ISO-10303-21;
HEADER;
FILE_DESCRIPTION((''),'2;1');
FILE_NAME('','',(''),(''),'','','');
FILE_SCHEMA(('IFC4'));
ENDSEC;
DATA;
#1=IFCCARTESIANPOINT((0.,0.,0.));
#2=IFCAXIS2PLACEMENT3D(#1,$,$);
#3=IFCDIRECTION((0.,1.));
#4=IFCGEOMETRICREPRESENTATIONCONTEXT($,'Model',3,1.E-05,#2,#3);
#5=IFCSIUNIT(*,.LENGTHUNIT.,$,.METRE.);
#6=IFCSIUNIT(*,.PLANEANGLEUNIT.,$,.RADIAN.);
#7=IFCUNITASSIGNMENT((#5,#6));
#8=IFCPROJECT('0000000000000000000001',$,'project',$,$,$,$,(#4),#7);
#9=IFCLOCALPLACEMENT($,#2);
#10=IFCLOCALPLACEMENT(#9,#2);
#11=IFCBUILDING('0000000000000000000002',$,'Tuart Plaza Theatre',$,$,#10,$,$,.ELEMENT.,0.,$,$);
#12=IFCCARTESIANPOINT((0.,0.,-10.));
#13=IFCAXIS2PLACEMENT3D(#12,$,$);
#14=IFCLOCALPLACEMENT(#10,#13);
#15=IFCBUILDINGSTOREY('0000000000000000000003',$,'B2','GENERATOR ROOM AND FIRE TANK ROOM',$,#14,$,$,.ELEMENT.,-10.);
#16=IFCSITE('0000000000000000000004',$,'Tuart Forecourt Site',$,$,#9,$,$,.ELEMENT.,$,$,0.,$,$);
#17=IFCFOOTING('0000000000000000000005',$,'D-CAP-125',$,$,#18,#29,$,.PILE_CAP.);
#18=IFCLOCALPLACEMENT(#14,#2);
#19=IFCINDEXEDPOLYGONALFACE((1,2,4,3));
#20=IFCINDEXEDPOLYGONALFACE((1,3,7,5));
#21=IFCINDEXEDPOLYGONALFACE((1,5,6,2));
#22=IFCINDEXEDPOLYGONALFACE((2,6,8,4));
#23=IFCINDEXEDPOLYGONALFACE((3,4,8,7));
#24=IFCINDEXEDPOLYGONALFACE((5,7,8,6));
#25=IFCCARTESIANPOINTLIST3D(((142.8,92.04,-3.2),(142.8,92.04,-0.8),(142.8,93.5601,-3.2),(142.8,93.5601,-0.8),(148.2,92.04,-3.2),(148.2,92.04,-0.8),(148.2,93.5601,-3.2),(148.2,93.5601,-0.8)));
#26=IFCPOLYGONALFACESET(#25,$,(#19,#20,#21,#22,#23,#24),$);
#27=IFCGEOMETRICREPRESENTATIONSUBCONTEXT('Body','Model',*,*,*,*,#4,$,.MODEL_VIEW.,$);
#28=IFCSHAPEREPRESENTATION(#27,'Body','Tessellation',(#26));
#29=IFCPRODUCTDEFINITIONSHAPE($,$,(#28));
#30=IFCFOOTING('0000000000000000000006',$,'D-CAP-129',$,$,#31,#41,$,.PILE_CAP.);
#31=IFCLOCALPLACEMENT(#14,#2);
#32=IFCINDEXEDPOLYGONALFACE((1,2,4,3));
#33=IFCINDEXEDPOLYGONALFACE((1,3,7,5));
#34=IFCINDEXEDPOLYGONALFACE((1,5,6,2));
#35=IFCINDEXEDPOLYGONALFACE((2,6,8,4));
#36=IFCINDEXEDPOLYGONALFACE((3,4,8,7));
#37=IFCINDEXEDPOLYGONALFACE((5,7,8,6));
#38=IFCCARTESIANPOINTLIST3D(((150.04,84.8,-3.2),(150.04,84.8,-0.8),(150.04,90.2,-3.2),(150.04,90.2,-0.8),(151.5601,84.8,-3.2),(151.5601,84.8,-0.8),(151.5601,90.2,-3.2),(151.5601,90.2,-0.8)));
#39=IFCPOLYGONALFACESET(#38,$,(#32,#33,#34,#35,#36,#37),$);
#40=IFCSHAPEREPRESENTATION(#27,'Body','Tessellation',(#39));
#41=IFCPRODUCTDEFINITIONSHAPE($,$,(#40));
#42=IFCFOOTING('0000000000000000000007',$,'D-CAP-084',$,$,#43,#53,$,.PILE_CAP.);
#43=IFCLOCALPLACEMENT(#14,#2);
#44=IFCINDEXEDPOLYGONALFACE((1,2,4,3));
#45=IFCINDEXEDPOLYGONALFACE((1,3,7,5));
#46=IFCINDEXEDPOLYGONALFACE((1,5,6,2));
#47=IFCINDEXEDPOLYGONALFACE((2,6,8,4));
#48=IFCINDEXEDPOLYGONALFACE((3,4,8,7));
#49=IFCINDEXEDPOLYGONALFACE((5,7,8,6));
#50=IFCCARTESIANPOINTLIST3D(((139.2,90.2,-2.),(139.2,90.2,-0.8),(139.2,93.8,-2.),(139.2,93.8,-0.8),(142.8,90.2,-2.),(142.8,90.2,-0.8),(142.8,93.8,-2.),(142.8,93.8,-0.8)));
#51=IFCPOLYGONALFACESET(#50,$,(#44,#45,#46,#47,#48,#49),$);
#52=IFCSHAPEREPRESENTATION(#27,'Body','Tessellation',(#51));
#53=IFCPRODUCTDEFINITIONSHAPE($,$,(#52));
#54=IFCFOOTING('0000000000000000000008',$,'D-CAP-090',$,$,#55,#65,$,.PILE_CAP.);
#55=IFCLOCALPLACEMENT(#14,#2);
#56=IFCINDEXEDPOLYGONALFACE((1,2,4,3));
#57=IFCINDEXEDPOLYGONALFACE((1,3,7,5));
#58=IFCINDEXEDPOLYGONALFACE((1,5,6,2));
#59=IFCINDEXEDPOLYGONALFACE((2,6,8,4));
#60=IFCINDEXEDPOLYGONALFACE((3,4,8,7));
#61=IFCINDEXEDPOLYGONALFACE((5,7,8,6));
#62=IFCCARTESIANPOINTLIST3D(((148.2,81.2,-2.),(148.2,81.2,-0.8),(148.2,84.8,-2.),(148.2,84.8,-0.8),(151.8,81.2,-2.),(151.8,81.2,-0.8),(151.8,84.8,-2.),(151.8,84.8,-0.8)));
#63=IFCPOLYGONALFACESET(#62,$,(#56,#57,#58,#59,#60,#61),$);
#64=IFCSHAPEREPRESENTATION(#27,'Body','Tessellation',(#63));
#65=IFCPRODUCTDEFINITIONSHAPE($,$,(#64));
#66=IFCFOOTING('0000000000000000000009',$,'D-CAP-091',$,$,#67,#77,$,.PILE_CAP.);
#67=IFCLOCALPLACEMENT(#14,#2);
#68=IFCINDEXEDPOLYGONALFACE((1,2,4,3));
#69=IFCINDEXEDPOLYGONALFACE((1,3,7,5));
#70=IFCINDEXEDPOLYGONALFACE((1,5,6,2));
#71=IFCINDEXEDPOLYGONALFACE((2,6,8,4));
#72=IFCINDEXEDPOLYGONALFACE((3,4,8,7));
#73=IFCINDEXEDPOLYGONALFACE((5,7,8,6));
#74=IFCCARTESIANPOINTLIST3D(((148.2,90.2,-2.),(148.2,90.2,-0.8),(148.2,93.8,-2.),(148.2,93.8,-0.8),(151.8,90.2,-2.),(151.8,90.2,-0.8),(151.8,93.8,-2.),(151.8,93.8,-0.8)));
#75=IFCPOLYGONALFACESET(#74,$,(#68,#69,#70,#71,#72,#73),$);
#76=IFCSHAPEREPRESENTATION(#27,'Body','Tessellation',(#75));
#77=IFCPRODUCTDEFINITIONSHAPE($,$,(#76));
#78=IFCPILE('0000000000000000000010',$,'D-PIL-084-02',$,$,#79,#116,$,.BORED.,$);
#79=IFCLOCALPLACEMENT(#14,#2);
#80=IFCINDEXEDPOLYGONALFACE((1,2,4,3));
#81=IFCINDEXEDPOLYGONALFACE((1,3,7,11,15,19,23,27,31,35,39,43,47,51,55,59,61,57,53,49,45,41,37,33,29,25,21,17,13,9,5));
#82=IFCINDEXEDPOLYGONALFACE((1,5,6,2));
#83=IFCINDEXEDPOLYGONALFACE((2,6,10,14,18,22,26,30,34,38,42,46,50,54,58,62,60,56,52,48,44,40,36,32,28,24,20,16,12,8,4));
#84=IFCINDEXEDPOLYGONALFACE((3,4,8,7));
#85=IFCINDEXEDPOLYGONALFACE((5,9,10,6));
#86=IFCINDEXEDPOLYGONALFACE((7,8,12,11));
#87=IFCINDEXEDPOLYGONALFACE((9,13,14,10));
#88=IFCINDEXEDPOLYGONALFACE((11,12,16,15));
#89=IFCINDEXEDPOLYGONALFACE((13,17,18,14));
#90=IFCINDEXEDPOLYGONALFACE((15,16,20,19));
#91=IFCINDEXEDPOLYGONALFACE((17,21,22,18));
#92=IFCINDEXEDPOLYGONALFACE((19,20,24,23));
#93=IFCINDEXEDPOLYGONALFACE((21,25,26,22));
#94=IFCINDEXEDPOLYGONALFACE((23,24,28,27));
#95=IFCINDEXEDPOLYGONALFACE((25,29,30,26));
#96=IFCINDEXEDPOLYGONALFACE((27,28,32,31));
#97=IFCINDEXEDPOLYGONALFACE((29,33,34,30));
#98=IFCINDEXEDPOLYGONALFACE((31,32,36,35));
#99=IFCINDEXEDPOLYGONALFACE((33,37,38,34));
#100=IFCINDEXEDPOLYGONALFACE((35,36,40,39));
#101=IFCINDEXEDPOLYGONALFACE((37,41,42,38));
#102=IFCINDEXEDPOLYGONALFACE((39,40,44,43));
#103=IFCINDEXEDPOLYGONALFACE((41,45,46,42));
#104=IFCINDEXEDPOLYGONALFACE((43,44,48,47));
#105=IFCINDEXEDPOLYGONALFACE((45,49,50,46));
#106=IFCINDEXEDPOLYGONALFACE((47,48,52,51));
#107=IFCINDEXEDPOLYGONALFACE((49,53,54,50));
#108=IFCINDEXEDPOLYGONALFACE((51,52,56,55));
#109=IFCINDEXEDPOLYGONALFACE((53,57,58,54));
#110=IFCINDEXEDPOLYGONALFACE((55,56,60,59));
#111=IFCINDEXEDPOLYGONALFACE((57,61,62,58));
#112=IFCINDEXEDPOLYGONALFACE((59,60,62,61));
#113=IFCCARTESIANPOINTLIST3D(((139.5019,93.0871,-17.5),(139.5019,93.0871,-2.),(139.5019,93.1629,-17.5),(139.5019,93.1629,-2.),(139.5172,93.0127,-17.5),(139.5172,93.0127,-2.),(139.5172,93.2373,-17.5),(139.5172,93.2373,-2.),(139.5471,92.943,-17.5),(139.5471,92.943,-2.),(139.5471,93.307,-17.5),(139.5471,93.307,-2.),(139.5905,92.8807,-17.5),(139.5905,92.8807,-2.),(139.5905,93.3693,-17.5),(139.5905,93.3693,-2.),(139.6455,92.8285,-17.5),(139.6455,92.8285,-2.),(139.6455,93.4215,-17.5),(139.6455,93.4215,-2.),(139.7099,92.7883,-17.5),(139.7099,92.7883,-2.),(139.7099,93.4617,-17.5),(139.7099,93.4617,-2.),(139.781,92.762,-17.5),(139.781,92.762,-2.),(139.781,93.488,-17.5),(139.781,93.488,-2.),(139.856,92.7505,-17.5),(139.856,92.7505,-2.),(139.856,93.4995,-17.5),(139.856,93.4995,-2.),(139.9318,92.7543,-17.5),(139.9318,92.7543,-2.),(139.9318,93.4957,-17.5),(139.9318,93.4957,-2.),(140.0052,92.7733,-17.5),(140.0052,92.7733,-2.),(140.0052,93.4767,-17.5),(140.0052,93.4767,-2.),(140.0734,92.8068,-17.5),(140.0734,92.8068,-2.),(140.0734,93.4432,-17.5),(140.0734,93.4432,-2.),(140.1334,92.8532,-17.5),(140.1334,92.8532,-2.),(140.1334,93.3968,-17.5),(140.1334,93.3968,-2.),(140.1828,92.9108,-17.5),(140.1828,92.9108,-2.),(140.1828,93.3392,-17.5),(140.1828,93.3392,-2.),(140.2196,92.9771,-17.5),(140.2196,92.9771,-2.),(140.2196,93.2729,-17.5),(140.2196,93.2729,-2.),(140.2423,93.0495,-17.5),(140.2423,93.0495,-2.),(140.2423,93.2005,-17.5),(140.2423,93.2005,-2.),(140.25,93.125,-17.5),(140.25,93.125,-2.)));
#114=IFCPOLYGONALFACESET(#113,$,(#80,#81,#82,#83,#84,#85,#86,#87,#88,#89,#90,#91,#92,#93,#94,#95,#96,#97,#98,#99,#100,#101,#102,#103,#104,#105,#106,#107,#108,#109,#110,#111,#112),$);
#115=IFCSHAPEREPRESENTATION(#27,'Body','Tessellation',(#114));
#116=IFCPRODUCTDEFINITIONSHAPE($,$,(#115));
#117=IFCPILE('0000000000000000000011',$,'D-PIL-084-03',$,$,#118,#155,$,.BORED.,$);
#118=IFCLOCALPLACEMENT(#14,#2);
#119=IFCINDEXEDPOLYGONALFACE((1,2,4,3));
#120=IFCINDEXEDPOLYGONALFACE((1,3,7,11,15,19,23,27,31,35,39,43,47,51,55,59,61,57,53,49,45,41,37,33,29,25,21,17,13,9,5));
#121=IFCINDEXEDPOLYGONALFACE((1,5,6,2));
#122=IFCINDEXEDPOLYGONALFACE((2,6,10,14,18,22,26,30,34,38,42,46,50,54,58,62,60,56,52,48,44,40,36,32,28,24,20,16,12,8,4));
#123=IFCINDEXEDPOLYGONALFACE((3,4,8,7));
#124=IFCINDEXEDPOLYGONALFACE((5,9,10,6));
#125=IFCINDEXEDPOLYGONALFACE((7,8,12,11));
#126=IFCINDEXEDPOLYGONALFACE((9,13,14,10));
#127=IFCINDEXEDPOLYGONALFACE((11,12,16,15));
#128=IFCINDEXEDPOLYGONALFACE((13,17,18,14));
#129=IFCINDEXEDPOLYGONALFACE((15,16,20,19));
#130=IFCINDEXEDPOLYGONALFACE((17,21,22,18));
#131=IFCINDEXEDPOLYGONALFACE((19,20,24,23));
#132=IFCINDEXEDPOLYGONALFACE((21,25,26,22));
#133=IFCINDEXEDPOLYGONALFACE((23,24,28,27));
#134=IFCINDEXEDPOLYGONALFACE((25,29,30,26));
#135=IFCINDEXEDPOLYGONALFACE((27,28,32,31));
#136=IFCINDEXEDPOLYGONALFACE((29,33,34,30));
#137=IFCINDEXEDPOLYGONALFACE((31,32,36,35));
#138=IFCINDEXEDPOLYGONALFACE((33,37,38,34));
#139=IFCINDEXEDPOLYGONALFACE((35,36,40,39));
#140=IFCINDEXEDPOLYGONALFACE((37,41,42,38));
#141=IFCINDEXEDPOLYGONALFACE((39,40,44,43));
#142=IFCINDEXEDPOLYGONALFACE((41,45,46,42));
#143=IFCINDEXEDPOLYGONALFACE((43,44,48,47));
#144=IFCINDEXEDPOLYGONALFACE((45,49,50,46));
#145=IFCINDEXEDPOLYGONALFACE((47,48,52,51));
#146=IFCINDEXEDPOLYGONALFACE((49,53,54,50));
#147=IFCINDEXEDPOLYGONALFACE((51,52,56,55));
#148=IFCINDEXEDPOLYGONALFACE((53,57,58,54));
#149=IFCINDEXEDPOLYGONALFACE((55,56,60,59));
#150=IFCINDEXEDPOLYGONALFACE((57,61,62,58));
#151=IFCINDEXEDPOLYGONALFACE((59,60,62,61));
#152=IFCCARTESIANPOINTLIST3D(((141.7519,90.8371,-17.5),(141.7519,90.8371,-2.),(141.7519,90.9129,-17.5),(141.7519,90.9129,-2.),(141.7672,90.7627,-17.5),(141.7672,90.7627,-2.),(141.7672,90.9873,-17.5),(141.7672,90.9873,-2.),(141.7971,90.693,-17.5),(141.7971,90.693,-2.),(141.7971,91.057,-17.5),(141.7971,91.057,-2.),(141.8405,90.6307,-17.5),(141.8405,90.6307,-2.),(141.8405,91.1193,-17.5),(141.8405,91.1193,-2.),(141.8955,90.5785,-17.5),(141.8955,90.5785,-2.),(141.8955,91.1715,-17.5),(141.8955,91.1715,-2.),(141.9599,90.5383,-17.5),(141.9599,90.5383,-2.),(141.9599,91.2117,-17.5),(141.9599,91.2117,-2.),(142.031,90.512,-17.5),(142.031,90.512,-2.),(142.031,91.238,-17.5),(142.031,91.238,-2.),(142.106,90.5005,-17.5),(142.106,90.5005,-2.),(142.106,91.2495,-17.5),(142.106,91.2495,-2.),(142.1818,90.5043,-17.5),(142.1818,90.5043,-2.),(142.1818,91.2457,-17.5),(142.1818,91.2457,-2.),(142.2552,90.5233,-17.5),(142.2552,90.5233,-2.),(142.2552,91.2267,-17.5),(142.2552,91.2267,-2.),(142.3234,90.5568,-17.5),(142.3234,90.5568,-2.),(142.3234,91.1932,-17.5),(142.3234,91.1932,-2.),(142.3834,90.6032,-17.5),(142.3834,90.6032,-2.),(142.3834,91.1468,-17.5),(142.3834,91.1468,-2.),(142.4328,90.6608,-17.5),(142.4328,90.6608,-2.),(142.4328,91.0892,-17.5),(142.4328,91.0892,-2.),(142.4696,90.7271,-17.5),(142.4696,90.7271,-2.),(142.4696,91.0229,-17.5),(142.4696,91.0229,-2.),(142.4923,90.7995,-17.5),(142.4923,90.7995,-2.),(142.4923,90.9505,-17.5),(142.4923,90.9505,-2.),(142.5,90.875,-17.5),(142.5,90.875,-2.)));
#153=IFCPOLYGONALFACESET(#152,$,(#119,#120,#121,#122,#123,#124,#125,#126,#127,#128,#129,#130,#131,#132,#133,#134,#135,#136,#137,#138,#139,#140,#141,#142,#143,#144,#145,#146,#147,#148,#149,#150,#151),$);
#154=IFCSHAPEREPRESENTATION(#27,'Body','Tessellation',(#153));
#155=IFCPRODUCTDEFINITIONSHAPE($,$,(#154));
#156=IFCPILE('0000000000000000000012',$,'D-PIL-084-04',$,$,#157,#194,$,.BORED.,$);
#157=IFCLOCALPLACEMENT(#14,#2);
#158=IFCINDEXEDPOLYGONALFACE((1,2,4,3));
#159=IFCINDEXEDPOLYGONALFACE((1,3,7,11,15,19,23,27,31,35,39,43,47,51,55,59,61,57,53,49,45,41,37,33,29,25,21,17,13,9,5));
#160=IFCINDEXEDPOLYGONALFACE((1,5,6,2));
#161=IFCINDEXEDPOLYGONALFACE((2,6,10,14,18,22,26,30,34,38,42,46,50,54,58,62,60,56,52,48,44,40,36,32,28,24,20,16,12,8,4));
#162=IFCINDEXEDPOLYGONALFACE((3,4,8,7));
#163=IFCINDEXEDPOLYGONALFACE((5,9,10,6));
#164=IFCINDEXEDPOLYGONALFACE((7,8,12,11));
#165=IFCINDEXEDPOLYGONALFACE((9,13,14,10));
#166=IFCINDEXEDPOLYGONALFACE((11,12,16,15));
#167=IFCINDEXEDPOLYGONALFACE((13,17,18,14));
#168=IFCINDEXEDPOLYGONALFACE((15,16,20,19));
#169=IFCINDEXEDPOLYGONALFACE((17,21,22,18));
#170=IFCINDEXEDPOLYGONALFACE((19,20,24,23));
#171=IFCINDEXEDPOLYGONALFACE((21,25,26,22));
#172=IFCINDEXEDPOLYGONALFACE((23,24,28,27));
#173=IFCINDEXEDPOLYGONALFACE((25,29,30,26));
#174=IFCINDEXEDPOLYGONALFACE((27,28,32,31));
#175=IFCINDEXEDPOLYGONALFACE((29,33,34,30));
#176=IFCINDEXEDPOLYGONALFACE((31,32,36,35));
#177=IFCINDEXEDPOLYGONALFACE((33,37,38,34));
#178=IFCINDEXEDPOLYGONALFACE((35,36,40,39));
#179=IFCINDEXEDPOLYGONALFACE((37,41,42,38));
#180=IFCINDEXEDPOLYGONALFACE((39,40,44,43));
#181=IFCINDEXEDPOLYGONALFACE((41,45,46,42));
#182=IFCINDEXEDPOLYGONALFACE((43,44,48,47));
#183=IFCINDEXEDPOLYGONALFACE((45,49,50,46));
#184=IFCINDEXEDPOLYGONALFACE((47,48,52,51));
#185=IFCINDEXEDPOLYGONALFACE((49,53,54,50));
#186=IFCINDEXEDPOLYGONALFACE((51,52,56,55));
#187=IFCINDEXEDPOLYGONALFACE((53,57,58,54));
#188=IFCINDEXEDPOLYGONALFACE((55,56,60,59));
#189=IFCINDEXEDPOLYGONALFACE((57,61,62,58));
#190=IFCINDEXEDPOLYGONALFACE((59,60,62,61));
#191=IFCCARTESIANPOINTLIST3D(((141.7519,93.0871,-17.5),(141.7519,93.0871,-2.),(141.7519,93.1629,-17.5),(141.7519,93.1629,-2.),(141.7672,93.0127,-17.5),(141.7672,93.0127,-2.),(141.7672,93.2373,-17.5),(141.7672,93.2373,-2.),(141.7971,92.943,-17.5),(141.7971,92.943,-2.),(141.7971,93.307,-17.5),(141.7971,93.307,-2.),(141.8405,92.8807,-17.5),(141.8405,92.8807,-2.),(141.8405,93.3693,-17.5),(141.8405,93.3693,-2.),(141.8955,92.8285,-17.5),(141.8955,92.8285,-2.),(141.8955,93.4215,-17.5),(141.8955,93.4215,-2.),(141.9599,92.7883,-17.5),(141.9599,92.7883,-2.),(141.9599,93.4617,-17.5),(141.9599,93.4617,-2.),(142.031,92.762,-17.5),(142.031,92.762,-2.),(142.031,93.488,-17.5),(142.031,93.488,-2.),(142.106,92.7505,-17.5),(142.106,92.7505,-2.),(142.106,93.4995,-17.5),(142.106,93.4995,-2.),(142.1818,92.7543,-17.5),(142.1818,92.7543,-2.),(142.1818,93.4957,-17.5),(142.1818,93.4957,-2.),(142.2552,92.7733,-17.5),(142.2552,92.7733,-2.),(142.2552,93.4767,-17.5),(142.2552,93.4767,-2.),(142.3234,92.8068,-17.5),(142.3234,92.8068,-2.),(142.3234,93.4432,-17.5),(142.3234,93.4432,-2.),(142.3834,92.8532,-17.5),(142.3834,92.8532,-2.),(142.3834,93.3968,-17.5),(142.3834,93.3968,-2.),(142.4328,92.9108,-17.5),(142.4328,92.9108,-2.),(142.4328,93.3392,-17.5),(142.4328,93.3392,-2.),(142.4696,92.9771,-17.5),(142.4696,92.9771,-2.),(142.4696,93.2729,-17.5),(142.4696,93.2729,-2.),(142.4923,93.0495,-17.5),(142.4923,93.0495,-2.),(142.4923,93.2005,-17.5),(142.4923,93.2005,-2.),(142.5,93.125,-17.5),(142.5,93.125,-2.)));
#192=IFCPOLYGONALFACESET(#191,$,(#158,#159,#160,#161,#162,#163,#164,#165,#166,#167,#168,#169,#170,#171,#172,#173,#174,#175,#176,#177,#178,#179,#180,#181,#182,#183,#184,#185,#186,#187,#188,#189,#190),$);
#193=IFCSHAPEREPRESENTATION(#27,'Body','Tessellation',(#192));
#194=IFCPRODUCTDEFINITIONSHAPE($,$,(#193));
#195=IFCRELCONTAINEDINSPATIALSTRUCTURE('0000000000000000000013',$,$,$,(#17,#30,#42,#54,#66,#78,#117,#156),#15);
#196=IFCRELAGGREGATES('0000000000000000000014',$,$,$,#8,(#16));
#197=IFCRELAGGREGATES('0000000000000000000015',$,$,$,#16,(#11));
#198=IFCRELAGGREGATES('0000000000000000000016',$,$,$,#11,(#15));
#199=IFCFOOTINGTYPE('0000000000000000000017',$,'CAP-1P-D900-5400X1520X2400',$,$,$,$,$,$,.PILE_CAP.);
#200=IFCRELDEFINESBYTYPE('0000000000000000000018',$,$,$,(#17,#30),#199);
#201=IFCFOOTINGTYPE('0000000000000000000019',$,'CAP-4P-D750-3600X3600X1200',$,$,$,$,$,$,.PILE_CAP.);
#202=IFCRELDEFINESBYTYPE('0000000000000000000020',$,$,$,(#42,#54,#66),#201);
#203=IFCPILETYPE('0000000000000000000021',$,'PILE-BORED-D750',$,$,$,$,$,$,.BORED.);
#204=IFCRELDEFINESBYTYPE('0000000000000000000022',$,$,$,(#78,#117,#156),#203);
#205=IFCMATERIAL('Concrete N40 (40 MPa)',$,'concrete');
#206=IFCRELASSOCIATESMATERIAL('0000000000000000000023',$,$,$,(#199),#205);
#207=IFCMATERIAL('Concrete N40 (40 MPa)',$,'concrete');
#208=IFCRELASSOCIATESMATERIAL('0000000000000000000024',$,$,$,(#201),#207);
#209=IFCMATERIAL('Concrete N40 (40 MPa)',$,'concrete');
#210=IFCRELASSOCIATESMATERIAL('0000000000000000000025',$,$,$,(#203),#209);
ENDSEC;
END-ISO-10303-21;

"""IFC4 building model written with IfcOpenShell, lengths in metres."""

from ifc_helpers import new_model, si_unit, direction, frame, origin, origin_2d, place, context, subcontext, project, spatial, rectangle, circle, extrude, material, material_profile, profile_set, type_object, element, save


model = new_model("IFC4")

# Units and contexts
model_context = context("Model", 3, precision=1e-05, world=origin(), true_north=direction((0.0, 1.0)))
body_context = subcontext(model_context, "Body", "Model", "MODEL_VIEW")
ifc_project = project(units=[si_unit("LENGTHUNIT", "METRE"), si_unit("PLANEANGLEUNIT", "RADIAN")], contexts=[model_context])

# Site, building, storey
site_placement = place(None, origin())
site = spatial("IfcSite", under=ifc_project, at=site_placement, Name="Tuart Forecourt Site", CompositionType="ELEMENT", RefElevation=0.0)
building_placement = place(site_placement, origin())
building = spatial("IfcBuilding", under=site, at=building_placement, Name="Tuart Plaza Theatre", CompositionType="ELEMENT", ElevationOfRefHeight=0.0)
storey_placement = place(building_placement, frame((0.0, 0.0, -10.0)))
storey = spatial("IfcBuildingStorey", under=building, at=storey_placement, Name="B2", Description="GENERATOR ROOM AND FIRE TANK ROOM", CompositionType="ELEMENT", Elevation=-10.0)

# Footings
ifc_material_1 = material(Name="Concrete N40 (40 MPa)", Category="concrete")
footing_type_1 = type_object("IfcFootingType", Name="CAP-1P-D900-5400X1520X2400", PredefinedType="PILE_CAP", material=ifc_material_1)
for number, where, z_axis, x_axis, name in (
    (1, (145.5, 92.8, -3.2), (0.0, 0.0, 1.0), (1.0, 0.0, 0.0), "D-CAP-125"),
    (2, (150.8, 87.5, -3.2), (0.0, 0.0, 1.0), (0.0, 1.0, 0.0), "D-CAP-129"),
):
    element("IfcFooting", number, at=place(storey_placement, frame(where, z_axis=z_axis, x_axis=x_axis)), inside=storey, type_object=footing_type_1, Name=name, PredefinedType="PILE_CAP", context=body_context, shape_type="SweptSolid", body=[
        extrude(rectangle(XDim=5.3999, YDim=1.52, at=origin_2d()), origin(), (0.0, 0.0, 1.0), 2.3999),
    ])
ifc_material_2 = material(Name="Concrete N40 (40 MPa)", Category="concrete")
footing_type_2 = type_object("IfcFootingType", Name="CAP-4P-D750-3600X3600X1200", PredefinedType="PILE_CAP", material=ifc_material_2)
for number, where, z_axis, x_axis, name in (
    (3, (141.0, 92.0, -2.0), (0.0, 0.0, 1.0), (1.0, 0.0, 0.0), "D-CAP-084"),
    (4, (150.0, 83.0, -2.0), (0.0, 0.0, 1.0), (1.0, 0.0, 0.0), "D-CAP-090"),
    (5, (150.0, 92.0, -2.0), (0.0, 0.0, 1.0), (1.0, 0.0, 0.0), "D-CAP-091"),
):
    element("IfcFooting", number, at=place(storey_placement, frame(where, z_axis=z_axis, x_axis=x_axis)), inside=storey, type_object=footing_type_2, Name=name, PredefinedType="PILE_CAP", context=body_context, shape_type="SweptSolid", body=[
        extrude(rectangle(XDim=3.6001, YDim=3.6001, at=origin_2d()), origin(), (0.0, 0.0, 1.0), 1.2),
    ])

# Piles
ifc_material_3 = material(Name="Concrete N40 (40 MPa)", Category="concrete")
ifc_material_profile_1 = material_profile(ifc_material_3, circle(Radius=0.375, at=origin_2d()), Name="PILE-BORED-D750")
ifc_profile_set_1 = profile_set([ifc_material_profile_1], Name="Concrete N40 (40 MPa)")
pile_type_1 = type_object("IfcPileType", Name="PILE-BORED-D750", PredefinedType="BORED", material=ifc_profile_set_1)
for number, where, z_axis, x_axis, name in (
    (6, (139.875, 93.125, -2.0), (0.0, 0.0, -1.0), (1.0, 0.0, 0.0), "D-PIL-084-02"),
    (7, (142.125, 90.875, -2.0), (0.0, 0.0, -1.0), (1.0, 0.0, 0.0), "D-PIL-084-03"),
    (8, (142.125, 93.125, -2.0), (0.0, 0.0, -1.0), (1.0, 0.0, 0.0), "D-PIL-084-04"),
):
    element("IfcPile", number, at=place(storey_placement, frame(where, z_axis=z_axis, x_axis=x_axis)), inside=storey, type_object=pile_type_1, Name=name, PredefinedType="BORED", context=body_context, shape_type="SweptSolid", body=[
        extrude(circle(Radius=0.375, at=origin_2d()), origin(), (0.0, 0.0, 1.0), 15.5),
    ])

save(model, "model.ifc")
